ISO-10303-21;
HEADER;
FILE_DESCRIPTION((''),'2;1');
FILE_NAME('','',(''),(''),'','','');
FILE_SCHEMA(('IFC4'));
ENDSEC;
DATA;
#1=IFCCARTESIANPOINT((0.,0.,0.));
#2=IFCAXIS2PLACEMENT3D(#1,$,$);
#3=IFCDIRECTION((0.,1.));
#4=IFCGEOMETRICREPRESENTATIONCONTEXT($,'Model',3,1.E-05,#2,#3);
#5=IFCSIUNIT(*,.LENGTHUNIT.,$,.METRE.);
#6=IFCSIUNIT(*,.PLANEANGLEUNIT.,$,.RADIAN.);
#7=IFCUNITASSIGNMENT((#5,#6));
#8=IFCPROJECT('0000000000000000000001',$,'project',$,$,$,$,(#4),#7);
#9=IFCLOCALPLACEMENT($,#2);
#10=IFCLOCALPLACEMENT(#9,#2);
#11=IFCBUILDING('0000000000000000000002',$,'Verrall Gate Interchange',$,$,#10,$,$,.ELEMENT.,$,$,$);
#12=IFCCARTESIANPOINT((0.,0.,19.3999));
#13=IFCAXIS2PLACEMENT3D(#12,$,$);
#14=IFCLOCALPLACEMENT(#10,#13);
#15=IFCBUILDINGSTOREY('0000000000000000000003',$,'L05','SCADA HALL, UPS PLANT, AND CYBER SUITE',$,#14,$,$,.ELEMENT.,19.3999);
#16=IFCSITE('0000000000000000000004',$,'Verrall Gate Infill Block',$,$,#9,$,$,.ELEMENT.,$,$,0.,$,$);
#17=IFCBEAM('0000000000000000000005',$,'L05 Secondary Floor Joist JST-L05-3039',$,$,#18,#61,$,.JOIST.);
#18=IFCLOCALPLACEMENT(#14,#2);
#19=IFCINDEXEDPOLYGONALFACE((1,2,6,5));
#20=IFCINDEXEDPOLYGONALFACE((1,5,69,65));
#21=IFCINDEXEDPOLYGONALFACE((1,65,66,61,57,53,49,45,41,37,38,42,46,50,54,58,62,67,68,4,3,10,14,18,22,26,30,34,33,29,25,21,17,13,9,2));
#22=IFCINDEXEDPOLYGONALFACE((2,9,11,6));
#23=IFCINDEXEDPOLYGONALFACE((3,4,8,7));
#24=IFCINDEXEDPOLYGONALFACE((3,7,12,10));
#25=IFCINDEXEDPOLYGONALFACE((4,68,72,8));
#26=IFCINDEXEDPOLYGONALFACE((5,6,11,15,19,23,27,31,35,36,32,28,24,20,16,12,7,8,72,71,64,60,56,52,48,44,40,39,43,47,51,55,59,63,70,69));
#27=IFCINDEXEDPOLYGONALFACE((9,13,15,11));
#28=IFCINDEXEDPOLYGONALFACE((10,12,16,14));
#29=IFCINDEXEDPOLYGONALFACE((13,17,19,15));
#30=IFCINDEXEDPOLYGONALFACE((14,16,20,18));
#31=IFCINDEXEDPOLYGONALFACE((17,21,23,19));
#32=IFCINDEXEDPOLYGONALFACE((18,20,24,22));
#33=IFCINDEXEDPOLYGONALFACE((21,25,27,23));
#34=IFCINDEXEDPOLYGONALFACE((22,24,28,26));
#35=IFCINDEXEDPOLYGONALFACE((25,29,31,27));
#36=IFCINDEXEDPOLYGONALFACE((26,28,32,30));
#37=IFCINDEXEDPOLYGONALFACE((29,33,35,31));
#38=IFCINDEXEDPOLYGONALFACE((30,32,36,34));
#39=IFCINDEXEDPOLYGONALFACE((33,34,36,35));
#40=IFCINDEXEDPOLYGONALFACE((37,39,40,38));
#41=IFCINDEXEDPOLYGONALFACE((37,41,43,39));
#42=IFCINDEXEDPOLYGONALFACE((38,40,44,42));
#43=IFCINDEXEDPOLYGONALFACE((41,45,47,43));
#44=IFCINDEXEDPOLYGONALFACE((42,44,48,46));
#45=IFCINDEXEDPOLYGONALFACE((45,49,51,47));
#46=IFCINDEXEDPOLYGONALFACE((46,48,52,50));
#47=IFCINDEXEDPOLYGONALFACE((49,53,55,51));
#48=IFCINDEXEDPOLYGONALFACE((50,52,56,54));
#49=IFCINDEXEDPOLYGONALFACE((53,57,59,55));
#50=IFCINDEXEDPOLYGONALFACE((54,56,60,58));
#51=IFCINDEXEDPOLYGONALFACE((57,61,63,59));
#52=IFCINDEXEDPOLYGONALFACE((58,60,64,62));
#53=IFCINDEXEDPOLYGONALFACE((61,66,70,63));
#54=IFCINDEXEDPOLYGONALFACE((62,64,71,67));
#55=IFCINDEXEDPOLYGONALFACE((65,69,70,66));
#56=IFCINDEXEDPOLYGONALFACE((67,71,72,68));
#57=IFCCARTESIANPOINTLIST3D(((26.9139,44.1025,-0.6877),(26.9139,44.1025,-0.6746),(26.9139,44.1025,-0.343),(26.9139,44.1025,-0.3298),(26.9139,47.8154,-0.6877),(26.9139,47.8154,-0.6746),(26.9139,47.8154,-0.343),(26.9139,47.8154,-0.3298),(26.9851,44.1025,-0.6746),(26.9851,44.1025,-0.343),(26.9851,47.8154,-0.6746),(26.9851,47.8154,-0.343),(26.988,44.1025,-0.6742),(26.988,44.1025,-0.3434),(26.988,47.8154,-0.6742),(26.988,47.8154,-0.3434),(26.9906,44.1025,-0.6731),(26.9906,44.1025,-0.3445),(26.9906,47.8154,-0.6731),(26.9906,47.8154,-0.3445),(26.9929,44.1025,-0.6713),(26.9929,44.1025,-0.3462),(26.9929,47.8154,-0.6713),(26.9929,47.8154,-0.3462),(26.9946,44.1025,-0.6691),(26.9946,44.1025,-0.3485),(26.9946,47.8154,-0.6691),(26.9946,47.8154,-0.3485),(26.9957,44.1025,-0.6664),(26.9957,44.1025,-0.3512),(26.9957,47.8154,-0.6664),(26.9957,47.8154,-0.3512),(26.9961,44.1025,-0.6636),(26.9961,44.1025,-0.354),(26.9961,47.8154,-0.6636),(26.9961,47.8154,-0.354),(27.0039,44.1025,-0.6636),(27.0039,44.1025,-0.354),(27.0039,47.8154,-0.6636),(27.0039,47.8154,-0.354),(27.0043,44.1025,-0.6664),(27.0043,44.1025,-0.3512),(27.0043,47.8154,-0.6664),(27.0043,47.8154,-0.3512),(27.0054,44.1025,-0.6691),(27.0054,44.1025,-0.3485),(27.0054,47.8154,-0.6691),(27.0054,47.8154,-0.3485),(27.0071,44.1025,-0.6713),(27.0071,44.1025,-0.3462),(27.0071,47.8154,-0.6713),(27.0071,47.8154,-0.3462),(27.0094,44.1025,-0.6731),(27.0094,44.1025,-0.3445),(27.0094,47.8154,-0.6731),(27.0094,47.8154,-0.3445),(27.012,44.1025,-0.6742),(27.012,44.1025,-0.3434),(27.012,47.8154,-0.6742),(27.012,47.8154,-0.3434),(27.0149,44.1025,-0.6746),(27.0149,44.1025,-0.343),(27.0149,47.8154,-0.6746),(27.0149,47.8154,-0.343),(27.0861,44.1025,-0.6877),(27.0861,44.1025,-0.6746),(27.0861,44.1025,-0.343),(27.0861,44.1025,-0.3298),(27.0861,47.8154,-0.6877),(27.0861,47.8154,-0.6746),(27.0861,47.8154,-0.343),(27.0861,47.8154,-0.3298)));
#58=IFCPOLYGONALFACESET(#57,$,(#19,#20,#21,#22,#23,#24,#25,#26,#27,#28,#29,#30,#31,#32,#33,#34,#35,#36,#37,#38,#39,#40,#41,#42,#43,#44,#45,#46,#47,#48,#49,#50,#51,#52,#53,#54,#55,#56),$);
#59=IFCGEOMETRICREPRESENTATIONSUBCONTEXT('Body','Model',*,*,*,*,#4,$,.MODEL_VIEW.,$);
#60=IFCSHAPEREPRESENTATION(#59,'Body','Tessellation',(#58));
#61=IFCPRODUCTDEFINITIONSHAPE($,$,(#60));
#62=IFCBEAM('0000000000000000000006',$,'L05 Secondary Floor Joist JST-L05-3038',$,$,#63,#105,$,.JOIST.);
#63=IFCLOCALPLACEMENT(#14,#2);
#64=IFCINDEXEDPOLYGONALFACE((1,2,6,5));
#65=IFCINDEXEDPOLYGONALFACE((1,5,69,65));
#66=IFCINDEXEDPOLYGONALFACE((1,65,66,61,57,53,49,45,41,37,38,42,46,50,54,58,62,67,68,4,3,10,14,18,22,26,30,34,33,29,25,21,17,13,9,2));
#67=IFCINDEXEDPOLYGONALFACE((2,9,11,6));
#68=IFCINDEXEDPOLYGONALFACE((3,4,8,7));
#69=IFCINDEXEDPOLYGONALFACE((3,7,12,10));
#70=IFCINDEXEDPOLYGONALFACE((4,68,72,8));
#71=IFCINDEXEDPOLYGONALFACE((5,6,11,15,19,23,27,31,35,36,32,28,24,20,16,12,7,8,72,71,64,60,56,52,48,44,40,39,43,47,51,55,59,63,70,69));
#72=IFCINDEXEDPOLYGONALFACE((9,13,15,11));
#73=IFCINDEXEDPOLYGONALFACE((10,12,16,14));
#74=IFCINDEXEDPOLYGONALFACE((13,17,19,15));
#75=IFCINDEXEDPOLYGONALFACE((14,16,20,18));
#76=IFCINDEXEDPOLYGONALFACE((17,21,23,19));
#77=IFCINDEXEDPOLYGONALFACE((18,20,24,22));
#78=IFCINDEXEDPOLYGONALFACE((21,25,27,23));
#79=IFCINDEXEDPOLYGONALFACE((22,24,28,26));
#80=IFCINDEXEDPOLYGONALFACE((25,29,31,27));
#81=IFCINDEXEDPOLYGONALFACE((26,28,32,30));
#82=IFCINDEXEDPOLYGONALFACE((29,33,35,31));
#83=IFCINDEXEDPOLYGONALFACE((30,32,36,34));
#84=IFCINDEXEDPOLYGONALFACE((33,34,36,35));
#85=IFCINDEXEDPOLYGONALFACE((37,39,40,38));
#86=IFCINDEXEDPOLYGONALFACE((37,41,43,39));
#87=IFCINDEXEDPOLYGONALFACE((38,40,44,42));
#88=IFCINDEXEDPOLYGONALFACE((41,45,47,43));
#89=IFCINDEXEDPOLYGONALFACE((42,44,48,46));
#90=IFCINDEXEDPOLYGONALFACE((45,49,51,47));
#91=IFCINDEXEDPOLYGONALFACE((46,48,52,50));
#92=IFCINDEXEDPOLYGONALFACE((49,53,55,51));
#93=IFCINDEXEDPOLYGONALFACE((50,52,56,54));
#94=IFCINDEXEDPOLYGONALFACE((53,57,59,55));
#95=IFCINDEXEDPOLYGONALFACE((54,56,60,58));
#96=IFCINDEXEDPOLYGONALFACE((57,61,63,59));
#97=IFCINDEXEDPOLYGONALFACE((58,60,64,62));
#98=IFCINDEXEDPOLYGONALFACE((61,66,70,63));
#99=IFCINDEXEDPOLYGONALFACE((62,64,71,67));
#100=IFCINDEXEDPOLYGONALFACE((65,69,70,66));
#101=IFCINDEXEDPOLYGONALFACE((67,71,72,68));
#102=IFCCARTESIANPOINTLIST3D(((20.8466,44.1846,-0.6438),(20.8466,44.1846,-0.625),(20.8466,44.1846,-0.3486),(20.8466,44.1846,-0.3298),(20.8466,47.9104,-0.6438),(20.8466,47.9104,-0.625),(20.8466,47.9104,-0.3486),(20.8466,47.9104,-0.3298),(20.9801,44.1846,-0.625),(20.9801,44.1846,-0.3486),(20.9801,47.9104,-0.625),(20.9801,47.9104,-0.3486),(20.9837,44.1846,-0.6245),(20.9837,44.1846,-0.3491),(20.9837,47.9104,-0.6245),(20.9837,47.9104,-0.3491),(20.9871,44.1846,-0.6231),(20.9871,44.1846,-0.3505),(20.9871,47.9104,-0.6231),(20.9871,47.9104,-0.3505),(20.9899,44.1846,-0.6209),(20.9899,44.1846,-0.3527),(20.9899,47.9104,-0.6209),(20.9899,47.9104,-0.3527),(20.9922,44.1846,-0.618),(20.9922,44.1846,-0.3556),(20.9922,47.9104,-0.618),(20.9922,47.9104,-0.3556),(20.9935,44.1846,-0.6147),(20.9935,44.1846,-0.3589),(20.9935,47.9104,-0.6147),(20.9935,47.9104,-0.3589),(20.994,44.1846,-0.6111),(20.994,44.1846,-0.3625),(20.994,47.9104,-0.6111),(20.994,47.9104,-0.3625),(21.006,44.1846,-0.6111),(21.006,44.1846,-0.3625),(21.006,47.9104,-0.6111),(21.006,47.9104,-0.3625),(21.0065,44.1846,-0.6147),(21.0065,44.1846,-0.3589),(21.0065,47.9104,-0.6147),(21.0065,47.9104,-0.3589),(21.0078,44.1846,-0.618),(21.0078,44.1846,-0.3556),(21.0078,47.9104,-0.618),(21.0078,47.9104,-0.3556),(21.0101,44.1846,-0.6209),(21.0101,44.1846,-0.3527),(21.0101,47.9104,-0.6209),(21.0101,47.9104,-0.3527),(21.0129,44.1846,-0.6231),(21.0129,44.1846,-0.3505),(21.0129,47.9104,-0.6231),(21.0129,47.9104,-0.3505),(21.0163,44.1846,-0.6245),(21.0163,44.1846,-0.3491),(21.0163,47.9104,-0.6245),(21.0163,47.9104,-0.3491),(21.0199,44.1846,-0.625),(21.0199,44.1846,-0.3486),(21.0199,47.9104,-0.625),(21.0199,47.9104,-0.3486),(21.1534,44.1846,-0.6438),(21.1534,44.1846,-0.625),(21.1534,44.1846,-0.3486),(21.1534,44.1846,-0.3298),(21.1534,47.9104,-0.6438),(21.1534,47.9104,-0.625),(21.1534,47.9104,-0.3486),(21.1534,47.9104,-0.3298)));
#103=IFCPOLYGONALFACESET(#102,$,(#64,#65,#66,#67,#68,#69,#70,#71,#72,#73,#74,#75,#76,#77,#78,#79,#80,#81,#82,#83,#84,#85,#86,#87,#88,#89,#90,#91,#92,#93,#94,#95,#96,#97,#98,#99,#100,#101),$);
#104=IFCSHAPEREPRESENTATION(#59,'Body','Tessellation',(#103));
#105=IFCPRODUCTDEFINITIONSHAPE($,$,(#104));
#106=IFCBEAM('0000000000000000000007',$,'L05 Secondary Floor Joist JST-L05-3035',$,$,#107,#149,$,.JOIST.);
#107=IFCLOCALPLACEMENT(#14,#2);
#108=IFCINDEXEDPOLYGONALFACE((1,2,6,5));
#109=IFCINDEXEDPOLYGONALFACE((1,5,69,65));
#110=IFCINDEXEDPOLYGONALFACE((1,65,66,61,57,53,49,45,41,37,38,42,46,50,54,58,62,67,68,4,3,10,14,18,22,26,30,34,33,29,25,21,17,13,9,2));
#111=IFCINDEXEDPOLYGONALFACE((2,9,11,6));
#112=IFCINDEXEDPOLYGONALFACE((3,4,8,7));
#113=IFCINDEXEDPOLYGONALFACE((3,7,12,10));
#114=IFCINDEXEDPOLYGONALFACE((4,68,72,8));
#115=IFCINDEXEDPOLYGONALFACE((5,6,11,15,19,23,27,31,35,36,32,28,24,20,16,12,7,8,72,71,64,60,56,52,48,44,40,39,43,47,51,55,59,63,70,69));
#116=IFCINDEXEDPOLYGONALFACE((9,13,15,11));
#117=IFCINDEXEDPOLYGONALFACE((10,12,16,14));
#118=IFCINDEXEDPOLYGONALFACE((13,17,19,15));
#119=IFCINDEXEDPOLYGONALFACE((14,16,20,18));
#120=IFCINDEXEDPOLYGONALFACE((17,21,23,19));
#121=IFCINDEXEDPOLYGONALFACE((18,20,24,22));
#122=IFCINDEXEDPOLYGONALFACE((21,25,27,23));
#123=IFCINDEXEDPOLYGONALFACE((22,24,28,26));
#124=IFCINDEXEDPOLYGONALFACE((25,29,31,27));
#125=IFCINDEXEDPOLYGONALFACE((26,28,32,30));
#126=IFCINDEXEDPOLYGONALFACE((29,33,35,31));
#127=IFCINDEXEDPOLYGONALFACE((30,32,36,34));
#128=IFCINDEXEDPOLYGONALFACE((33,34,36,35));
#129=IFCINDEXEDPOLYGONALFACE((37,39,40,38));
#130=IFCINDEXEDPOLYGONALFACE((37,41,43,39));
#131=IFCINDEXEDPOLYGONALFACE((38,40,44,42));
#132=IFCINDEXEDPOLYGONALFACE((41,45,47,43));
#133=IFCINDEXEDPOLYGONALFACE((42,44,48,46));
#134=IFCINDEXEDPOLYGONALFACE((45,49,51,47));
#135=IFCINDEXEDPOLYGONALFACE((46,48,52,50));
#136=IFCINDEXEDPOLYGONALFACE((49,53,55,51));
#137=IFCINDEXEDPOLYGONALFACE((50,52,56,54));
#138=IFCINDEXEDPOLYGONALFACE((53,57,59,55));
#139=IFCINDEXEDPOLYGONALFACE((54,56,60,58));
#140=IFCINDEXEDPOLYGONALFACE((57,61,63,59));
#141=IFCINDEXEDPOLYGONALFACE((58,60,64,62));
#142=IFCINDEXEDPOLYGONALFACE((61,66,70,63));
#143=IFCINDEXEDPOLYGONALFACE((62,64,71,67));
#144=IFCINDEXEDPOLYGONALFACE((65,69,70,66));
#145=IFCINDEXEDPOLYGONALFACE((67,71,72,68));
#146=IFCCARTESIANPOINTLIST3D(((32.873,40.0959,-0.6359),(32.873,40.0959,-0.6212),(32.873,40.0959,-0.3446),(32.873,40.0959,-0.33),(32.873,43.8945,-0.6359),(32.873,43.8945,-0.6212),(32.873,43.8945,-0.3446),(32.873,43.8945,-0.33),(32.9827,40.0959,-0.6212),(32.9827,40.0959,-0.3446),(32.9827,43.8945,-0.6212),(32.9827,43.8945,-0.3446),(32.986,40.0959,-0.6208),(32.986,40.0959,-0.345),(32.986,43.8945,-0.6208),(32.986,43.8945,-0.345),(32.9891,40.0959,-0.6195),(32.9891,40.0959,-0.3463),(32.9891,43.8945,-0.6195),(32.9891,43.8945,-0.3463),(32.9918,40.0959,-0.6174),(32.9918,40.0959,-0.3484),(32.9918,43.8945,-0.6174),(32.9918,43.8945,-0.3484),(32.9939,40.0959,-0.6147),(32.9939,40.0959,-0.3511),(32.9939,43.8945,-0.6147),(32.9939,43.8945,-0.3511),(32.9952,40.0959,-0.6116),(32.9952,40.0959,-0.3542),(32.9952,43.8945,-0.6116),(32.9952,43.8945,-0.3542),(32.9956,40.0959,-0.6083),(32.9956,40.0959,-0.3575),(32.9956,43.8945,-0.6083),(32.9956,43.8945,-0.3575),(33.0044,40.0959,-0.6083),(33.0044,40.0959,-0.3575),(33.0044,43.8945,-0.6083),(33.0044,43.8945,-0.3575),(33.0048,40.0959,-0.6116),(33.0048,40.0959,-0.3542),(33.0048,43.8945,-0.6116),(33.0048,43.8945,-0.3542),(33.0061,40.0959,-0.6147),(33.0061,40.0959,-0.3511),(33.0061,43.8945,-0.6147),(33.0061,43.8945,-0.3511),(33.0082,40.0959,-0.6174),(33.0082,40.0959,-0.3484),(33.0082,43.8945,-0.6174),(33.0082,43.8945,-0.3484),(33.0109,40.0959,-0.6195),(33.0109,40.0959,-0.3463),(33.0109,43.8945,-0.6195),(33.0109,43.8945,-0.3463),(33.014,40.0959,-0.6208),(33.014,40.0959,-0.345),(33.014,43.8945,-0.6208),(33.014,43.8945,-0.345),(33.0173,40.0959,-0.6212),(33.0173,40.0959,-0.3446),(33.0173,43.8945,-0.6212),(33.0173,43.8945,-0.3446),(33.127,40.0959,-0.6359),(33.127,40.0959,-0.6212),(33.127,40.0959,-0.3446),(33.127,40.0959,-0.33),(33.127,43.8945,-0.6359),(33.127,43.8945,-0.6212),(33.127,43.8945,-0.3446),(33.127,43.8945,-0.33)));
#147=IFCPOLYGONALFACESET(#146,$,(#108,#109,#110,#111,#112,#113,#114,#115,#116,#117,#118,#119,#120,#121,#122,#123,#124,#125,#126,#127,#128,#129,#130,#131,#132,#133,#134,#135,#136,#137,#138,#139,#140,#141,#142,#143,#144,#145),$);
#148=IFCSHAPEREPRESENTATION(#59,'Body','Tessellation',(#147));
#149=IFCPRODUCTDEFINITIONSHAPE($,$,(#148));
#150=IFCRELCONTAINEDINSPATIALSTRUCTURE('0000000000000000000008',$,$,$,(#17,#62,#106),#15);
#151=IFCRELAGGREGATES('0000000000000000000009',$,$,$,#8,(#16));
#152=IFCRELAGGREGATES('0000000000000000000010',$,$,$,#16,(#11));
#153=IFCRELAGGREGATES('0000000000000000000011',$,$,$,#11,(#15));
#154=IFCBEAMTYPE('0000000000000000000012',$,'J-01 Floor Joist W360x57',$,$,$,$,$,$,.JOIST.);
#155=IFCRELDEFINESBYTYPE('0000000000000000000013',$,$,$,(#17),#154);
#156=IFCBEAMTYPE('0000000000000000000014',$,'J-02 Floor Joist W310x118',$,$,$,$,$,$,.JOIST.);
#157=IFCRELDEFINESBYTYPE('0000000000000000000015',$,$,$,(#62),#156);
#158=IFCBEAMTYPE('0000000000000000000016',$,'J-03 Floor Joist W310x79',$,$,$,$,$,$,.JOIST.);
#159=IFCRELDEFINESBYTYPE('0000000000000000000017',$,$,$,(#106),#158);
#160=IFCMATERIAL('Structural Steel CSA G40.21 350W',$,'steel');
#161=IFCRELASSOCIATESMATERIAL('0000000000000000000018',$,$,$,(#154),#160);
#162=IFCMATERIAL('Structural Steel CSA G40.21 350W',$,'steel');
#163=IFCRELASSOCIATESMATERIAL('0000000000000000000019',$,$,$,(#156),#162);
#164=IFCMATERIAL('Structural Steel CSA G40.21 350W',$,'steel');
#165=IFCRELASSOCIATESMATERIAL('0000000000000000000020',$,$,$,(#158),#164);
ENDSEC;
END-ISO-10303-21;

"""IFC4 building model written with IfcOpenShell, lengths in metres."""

from ifc_helpers import new_model, si_unit, direction, frame, origin, origin_2d, place, context, subcontext, project, spatial, i_section, extrude, material, material_profile, profile_set, type_object, element, save


model = new_model("IFC4")

# Units and contexts
model_context = context("Model", 3, precision=1e-05, world=origin(), true_north=direction((0.0, 1.0)))
body_context = subcontext(model_context, "Body", "Model", "MODEL_VIEW")
ifc_project = project(units=[si_unit("LENGTHUNIT", "METRE"), si_unit("PLANEANGLEUNIT", "RADIAN")], contexts=[model_context])

# Site, building, storey
site_placement = place(None, origin())
site = spatial("IfcSite", under=ifc_project, at=site_placement, Name="Verrall Gate Infill Block", CompositionType="ELEMENT", RefElevation=0.0)
building_placement = place(site_placement, origin())
building = spatial("IfcBuilding", under=site, at=building_placement, Name="Verrall Gate Interchange", CompositionType="ELEMENT")
storey_placement = place(building_placement, frame((0.0, 0.0, 19.3999)))
storey = spatial("IfcBuildingStorey", under=building, at=storey_placement, Name="L05", Description="SCADA HALL, UPS PLANT, AND CYBER SUITE", CompositionType="ELEMENT", Elevation=19.3999)

# Beams
ifc_material_1 = material(Name="Structural Steel CSA G40.21 350W", Category="steel")
ifc_material_profile_1 = material_profile(ifc_material_1, i_section(OverallWidth=0.1721, OverallDepth=0.3579, WebThickness=0.0078, FlangeThickness=0.0132, FilletRadius=0.011, at=origin_2d()), Name="W360x57")
ifc_profile_set_1 = profile_set([ifc_material_profile_1], Name="Structural Steel CSA G40.21 350W")
beam_type_1 = type_object("IfcBeamType", Name="J-01 Floor Joist W360x57", PredefinedType="JOIST", material=ifc_profile_set_1)
beam_1_placement = place(storey_placement, frame((27.0, 44.1025, -0.5088), z_axis=(0.0, 1.0, 0.0), x_axis=(-1.0, 0.0, 0.0)))
element("IfcBeam", 1, at=beam_1_placement, inside=storey, type_object=beam_type_1, Name="L05 Secondary Floor Joist JST-L05-3039", PredefinedType="JOIST", context=body_context, shape_type="SweptSolid", body=[
    extrude(i_section(OverallWidth=0.1721, OverallDepth=0.3579, WebThickness=0.0078, FlangeThickness=0.0132, FilletRadius=0.011, at=origin_2d()), origin(), (0.0, 0.0, 1.0), 3.7129),
])
ifc_material_2 = material(Name="Structural Steel CSA G40.21 350W", Category="steel")
ifc_material_profile_2 = material_profile(ifc_material_2, i_section(OverallWidth=0.3069, OverallDepth=0.314, WebThickness=0.012, FlangeThickness=0.0188, FilletRadius=0.0139, at=origin_2d()), Name="W310x118")
ifc_profile_set_2 = profile_set([ifc_material_profile_2], Name="Structural Steel CSA G40.21 350W")
beam_type_2 = type_object("IfcBeamType", Name="J-02 Floor Joist W310x118", PredefinedType="JOIST", material=ifc_profile_set_2)
beam_2_placement = place(storey_placement, frame((21.0, 44.1846, -0.4868), z_axis=(0.0, 1.0, 0.0), x_axis=(-1.0, 0.0, 0.0)))
element("IfcBeam", 2, at=beam_2_placement, inside=storey, type_object=beam_type_2, Name="L05 Secondary Floor Joist JST-L05-3038", PredefinedType="JOIST", context=body_context, shape_type="SweptSolid", body=[
    extrude(i_section(OverallWidth=0.3069, OverallDepth=0.314, WebThickness=0.012, FlangeThickness=0.0188, FilletRadius=0.0139, at=origin_2d()), origin(), (0.0, 0.0, 1.0), 3.7258),
])
ifc_material_3 = material(Name="Structural Steel CSA G40.21 350W", Category="steel")
ifc_material_profile_3 = material_profile(ifc_material_3, i_section(OverallWidth=0.2539, OverallDepth=0.3059, WebThickness=0.0088, FlangeThickness=0.0146, FilletRadius=0.0129, at=origin_2d()), Name="W310x79")
ifc_profile_set_3 = profile_set([ifc_material_profile_3], Name="Structural Steel CSA G40.21 350W")
beam_type_3 = type_object("IfcBeamType", Name="J-03 Floor Joist W310x79", PredefinedType="JOIST", material=ifc_profile_set_3)
beam_3_placement = place(storey_placement, frame((33.0, 40.0959, -0.4829), z_axis=(0.0, 1.0, 0.0), x_axis=(-1.0, 0.0, 0.0)))
element("IfcBeam", 3, at=beam_3_placement, inside=storey, type_object=beam_type_3, Name="L05 Secondary Floor Joist JST-L05-3035", PredefinedType="JOIST", context=body_context, shape_type="SweptSolid", body=[
    extrude(i_section(OverallWidth=0.2539, OverallDepth=0.3059, WebThickness=0.0088, FlangeThickness=0.0146, FilletRadius=0.0129, at=origin_2d()), origin(), (0.0, 0.0, 1.0), 3.7986),
])

save(model, "model.ifc")
